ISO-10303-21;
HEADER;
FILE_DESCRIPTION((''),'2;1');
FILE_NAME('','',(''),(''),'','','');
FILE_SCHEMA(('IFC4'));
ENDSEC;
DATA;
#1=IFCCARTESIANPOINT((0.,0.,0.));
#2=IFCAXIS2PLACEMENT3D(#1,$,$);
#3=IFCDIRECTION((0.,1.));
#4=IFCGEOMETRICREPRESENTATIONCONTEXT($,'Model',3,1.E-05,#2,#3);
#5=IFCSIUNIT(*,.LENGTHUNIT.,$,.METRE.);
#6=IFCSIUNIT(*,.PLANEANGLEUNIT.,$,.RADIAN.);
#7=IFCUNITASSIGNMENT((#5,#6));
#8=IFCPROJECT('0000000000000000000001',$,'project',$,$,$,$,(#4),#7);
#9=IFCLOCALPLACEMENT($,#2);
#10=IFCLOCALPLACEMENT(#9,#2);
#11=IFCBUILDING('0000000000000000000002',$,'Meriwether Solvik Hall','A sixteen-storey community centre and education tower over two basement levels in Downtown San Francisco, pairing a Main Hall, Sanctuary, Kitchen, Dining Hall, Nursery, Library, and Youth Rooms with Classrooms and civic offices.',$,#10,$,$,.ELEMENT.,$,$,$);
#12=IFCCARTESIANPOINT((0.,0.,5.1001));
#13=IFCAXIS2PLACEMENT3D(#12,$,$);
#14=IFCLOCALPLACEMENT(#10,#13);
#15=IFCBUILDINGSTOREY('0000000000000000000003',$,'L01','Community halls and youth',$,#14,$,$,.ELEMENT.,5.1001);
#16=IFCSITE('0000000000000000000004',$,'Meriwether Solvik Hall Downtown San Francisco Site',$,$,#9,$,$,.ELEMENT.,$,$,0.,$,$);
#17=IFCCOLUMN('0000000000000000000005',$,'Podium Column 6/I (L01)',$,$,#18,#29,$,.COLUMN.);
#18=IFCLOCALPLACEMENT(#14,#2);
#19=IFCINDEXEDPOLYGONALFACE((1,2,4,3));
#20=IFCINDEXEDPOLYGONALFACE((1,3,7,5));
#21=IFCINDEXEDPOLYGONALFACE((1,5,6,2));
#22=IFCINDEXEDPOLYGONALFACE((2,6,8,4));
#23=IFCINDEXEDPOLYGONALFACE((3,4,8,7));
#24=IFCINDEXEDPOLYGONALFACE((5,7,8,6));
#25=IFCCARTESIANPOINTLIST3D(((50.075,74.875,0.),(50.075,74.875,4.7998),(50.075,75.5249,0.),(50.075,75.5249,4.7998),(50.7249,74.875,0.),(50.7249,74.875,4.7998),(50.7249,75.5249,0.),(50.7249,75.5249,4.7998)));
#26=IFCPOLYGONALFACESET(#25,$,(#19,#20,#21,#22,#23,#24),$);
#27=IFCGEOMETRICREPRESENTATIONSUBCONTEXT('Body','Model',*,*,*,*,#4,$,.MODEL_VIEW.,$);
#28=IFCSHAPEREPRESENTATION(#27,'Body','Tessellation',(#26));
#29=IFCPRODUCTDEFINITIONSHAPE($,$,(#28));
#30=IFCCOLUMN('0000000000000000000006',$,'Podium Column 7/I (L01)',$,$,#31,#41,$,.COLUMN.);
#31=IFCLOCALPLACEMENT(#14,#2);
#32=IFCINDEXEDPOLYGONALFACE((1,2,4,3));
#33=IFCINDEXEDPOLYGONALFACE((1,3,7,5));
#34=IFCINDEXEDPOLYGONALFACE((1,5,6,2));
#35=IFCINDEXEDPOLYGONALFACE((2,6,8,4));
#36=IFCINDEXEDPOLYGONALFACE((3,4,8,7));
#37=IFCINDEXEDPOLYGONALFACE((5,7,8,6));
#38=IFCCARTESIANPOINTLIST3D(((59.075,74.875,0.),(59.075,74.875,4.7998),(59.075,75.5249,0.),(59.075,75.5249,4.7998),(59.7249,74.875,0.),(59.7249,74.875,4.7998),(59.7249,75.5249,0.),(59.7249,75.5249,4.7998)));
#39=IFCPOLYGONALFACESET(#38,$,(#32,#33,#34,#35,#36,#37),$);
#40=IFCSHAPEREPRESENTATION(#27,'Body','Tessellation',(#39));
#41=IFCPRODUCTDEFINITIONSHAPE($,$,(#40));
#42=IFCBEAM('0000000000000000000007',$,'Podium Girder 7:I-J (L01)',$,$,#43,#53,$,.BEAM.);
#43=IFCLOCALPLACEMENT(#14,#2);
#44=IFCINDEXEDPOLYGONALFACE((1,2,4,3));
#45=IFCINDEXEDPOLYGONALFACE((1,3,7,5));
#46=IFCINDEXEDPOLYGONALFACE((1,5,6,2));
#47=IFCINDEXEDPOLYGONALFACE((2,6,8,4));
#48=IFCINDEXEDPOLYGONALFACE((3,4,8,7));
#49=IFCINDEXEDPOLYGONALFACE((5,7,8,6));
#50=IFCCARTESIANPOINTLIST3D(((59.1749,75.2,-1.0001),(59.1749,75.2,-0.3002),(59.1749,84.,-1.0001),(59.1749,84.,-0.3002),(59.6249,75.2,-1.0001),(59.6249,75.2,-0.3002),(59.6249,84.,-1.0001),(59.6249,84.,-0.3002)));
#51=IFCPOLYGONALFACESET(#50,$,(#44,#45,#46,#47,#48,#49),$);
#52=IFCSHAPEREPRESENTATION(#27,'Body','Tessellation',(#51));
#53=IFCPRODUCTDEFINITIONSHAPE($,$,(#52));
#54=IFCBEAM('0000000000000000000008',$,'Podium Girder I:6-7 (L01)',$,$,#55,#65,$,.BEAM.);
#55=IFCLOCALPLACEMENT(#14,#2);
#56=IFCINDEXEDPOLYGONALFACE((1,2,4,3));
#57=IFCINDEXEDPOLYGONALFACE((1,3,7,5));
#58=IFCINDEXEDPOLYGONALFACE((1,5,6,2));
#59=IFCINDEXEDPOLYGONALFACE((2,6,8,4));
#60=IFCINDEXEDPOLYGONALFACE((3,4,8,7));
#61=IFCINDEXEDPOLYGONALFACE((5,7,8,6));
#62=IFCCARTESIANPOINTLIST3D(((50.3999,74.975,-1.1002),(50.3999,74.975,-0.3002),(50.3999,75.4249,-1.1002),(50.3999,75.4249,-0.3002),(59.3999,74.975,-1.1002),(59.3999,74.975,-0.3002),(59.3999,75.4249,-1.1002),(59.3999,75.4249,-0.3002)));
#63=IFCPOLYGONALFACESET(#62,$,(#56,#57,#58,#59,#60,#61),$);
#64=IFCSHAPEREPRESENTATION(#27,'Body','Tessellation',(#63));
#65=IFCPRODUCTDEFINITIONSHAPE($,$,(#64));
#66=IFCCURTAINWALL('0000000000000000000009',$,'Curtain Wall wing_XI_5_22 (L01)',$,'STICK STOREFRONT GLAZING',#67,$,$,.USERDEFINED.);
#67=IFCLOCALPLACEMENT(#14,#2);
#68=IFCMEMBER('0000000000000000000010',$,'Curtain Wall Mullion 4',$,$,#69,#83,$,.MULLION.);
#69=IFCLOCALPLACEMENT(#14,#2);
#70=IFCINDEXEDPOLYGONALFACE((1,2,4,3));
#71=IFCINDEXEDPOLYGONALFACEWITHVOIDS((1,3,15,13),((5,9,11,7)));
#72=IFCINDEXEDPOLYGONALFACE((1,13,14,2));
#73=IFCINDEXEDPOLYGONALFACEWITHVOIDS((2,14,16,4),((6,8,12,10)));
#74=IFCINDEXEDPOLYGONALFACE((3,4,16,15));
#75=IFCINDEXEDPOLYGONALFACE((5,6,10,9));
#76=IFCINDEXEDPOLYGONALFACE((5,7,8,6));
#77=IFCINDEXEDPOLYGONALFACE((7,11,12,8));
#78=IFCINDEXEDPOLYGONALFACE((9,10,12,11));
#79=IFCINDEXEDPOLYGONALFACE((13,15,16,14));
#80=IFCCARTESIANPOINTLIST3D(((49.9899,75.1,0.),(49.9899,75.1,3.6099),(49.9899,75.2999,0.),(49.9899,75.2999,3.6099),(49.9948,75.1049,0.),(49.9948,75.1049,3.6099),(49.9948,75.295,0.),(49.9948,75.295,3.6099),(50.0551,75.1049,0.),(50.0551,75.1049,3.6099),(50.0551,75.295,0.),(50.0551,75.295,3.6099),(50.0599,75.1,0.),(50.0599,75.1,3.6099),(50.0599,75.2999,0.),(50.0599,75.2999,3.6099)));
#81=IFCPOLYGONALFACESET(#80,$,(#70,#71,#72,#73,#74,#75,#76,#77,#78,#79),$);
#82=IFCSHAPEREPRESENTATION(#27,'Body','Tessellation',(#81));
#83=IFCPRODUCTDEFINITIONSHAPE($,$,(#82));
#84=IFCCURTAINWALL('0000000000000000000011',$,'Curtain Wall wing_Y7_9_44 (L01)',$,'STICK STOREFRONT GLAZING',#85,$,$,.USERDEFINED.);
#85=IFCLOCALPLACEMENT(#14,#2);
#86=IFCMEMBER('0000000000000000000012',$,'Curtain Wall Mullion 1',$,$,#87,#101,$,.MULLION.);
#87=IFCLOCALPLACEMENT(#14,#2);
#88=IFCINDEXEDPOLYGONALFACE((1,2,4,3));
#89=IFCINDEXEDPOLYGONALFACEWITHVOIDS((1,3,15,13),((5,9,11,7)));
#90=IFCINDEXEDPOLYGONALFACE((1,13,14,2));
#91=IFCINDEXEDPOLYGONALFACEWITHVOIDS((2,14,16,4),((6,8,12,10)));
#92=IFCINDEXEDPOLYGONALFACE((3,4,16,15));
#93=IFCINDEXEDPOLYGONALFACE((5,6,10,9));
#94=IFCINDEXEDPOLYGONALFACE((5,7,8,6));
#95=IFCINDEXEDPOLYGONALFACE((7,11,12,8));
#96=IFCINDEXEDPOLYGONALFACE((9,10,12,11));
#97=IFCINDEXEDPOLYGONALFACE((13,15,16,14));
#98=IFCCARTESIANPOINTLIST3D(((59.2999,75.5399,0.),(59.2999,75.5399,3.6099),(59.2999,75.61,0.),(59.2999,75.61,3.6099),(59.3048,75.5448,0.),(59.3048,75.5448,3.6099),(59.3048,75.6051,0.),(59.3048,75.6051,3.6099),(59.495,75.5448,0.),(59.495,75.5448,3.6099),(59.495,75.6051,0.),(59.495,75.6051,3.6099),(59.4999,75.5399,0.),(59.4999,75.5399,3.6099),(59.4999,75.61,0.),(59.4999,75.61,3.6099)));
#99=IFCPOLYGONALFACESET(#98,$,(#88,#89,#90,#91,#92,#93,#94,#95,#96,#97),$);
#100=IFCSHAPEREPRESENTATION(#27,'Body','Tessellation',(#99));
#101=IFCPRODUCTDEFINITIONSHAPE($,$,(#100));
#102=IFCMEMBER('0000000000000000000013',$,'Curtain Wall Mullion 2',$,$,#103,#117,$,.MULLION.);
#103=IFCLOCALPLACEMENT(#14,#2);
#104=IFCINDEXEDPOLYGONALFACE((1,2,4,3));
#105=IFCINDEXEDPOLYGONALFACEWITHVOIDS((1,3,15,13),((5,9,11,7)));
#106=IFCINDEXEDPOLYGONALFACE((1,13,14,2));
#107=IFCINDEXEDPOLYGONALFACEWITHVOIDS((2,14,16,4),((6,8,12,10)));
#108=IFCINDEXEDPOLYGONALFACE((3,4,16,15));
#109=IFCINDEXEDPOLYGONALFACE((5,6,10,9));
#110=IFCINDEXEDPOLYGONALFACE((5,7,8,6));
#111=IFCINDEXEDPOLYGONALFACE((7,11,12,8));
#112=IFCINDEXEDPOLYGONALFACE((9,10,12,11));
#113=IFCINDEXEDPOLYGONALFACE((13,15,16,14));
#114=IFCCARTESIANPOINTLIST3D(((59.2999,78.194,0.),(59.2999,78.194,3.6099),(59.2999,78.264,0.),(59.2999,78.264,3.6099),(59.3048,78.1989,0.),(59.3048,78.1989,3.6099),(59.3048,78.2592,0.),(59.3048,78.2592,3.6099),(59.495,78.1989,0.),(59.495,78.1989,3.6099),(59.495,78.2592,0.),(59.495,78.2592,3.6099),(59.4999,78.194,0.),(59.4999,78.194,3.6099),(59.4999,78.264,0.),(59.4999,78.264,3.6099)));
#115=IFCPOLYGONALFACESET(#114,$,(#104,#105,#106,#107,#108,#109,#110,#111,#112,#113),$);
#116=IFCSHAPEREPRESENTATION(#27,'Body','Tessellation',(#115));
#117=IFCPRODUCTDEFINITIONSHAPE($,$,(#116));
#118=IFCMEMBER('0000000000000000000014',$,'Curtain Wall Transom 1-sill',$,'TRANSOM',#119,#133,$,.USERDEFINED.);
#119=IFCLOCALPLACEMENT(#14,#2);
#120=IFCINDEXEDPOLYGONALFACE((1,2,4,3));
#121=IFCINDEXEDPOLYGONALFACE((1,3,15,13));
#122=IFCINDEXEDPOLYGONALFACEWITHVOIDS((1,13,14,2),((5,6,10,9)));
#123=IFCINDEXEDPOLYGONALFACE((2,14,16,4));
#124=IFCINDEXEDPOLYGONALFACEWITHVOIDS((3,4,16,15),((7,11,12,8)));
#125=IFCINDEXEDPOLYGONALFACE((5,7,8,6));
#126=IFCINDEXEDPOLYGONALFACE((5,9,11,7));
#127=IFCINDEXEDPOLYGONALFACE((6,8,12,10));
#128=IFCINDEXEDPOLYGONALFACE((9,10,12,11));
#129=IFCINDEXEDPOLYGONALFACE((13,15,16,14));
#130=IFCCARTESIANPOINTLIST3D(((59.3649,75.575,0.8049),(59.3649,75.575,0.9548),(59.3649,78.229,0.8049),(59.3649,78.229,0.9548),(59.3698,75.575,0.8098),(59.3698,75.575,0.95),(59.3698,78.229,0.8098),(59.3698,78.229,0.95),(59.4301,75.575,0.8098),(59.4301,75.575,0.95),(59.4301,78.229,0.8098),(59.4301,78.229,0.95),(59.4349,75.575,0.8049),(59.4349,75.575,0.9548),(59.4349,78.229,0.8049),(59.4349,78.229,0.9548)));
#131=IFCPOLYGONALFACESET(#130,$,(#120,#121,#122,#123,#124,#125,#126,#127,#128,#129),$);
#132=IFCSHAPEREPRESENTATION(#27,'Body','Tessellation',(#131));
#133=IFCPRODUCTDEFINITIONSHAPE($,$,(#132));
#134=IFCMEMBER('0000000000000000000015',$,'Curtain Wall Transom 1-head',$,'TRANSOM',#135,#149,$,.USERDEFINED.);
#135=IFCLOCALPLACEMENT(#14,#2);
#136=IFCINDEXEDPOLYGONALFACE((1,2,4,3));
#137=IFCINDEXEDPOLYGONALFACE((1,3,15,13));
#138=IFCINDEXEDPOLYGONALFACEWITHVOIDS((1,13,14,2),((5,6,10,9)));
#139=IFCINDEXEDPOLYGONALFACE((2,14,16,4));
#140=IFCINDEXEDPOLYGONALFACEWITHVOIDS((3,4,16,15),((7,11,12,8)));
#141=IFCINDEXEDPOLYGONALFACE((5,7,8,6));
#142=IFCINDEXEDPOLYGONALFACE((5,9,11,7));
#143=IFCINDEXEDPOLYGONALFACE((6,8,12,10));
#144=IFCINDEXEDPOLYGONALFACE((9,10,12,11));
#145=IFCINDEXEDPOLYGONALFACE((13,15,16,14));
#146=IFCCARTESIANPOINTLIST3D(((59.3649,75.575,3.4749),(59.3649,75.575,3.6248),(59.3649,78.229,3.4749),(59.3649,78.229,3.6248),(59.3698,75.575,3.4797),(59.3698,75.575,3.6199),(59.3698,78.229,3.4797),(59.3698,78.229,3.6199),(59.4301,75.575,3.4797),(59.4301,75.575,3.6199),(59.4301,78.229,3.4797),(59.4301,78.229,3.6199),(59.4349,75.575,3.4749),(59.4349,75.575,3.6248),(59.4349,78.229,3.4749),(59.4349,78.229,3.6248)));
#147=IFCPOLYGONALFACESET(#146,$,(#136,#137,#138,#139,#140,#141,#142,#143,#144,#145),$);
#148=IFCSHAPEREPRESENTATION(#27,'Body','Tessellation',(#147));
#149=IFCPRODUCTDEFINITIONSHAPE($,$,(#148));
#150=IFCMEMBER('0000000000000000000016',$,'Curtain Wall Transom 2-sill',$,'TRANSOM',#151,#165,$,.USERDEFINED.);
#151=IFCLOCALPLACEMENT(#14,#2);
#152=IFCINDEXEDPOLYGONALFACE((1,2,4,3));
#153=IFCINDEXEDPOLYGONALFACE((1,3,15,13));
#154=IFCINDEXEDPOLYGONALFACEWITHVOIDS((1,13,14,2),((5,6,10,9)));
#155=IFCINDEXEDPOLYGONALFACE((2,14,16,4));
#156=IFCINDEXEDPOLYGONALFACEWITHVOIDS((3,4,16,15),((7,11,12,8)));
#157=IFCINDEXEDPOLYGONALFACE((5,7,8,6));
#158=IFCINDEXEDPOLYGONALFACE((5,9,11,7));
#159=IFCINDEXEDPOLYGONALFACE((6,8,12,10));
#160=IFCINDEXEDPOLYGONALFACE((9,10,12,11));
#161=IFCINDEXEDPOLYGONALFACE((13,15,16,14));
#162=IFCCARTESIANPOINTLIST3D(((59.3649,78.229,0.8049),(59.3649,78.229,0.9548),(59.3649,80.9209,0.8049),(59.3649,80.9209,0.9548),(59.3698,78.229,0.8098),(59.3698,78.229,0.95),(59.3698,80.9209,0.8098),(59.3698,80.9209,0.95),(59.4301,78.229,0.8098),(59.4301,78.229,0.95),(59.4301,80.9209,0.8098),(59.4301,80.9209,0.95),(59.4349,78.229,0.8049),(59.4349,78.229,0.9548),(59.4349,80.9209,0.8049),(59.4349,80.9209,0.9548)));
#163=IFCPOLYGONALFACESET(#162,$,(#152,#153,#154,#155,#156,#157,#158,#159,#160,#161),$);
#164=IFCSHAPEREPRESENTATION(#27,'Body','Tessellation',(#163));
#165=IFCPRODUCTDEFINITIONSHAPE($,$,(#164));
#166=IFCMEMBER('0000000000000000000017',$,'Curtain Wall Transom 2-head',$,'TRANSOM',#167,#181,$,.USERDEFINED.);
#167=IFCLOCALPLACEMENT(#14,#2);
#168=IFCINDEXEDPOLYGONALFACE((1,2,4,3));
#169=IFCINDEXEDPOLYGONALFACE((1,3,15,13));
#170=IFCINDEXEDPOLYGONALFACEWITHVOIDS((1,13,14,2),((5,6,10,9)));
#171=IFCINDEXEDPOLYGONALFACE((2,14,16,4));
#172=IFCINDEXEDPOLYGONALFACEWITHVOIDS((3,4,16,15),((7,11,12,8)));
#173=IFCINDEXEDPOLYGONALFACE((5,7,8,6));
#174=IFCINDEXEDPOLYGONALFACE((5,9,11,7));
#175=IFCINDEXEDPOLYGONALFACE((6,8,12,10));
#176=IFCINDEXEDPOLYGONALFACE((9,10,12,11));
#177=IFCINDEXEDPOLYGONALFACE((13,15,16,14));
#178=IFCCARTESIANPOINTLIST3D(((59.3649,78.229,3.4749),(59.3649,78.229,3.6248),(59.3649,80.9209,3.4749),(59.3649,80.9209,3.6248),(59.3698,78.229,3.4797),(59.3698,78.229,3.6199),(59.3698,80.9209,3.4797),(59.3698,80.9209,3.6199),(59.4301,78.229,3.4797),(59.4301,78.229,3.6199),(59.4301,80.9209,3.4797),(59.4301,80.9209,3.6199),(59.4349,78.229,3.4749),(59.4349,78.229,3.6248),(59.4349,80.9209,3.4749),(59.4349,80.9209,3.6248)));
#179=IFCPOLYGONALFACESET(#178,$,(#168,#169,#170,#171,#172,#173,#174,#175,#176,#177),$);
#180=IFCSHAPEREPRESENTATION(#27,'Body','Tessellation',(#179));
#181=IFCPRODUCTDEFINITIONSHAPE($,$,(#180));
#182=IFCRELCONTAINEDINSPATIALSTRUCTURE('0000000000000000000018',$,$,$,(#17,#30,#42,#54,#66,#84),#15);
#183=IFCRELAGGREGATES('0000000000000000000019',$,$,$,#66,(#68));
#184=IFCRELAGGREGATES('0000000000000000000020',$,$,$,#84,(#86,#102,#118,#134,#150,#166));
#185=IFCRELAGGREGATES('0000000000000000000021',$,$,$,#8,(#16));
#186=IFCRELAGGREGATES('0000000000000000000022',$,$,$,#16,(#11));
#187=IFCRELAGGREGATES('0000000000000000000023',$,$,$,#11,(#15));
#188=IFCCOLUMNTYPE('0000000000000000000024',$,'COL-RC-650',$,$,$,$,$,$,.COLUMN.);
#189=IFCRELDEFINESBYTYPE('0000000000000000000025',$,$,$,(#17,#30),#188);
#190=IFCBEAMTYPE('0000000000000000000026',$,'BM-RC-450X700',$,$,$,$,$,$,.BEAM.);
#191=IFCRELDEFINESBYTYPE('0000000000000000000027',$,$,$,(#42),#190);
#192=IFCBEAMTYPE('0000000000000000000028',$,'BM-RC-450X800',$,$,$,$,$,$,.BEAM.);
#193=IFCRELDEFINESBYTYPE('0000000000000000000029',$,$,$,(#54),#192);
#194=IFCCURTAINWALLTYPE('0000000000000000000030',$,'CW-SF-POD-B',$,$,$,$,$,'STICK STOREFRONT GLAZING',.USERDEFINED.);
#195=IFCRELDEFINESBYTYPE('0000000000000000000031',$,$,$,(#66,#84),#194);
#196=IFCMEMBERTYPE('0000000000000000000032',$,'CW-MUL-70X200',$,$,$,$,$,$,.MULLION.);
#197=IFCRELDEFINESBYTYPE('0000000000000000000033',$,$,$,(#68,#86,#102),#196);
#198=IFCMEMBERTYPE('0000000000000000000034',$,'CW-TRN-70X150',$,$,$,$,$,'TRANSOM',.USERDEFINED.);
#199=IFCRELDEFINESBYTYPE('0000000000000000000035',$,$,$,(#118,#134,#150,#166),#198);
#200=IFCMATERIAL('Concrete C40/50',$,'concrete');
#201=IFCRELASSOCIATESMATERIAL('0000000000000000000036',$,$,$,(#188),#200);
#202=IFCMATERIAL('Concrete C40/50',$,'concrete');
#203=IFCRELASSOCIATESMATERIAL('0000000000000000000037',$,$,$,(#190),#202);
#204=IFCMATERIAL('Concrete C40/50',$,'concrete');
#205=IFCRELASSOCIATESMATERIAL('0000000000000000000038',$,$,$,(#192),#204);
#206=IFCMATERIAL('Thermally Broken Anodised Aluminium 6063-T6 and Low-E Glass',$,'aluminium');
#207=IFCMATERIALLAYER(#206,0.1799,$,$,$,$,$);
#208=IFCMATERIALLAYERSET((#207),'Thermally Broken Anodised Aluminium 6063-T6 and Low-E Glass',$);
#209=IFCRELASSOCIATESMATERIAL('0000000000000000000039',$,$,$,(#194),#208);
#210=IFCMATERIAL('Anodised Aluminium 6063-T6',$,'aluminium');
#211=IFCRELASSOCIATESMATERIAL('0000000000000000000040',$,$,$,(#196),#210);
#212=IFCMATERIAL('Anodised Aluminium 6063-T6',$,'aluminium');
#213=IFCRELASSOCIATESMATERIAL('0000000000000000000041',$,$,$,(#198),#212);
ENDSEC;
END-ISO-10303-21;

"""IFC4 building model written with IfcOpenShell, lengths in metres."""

from ifc_helpers import new_model, si_unit, direction, frame, origin, origin_2d, place, context, subcontext, project, spatial, rectangle, hollow_rectangle, extrude, material, layer, layer_set, material_profile, profile_set, type_object, element, aggregate, save


model = new_model("IFC4")

# Units and contexts
model_context = context("Model", 3, precision=1e-05, world=origin(), true_north=direction((0.0, 1.0)))
body_context = subcontext(model_context, "Body", "Model", "MODEL_VIEW")
ifc_project = project(units=[si_unit("LENGTHUNIT", "METRE"), si_unit("PLANEANGLEUNIT", "RADIAN")], contexts=[model_context])

# Site, building, storey
site_placement = place(None, origin())
site = spatial("IfcSite", under=ifc_project, at=site_placement, Name="Meriwether Solvik Hall Downtown San Francisco Site", CompositionType="ELEMENT", RefElevation=0.0)
building_placement = place(site_placement, origin())
building = spatial("IfcBuilding", under=site, at=building_placement, Name="Meriwether Solvik Hall", Description="A sixteen-storey community centre and education tower over two basement levels in Downtown San Francisco, pairing a Main Hall, Sanctuary, Kitchen, Dining Hall, Nursery, Library, and Youth Rooms with Classrooms and civic offices.", CompositionType="ELEMENT")
storey_placement = place(building_placement, frame((0.0, 0.0, 5.1001)))
storey = spatial("IfcBuildingStorey", under=building, at=storey_placement, Name="L01", Description="Community halls and youth", CompositionType="ELEMENT", Elevation=5.1001)

# Columns
ifc_material_1 = material(Name="Concrete C40/50", Category="concrete")
ifc_material_profile_1 = material_profile(ifc_material_1, rectangle(XDim=0.6499, YDim=0.6499, at=origin_2d()), Name="RCC-650X650")
ifc_profile_set_1 = profile_set([ifc_material_profile_1], Name="Concrete C40/50")
column_type = type_object("IfcColumnType", Name="COL-RC-650", PredefinedType="COLUMN", material=ifc_profile_set_1)
for number, where, z_axis, x_axis, name in (
    (1, (50.3999, 75.2, 0.0), (0.0, 0.0, 1.0), (1.0, 0.0, 0.0), "Podium Column 6/I (L01)"),
    (2, (59.3999, 75.2, 0.0), (0.0, 0.0, 1.0), (1.0, 0.0, 0.0), "Podium Column 7/I (L01)"),
):
    element("IfcColumn", number, at=place(storey_placement, frame(where, z_axis=z_axis, x_axis=x_axis)), inside=storey, type_object=column_type, Name=name, PredefinedType="COLUMN", context=body_context, shape_type="SweptSolid", body=[
        extrude(rectangle(XDim=0.6499, YDim=0.6499, at=origin_2d()), origin(), (0.0, 0.0, 1.0), 4.7998),
    ])

# Beams
ifc_material_2 = material(Name="Concrete C40/50", Category="concrete")
ifc_material_profile_2 = material_profile(ifc_material_2, rectangle(XDim=0.45, YDim=0.7, at=origin_2d()), Name="RCB-450X700")
ifc_profile_set_2 = profile_set([ifc_material_profile_2], Name="Concrete C40/50")
beam_type_1 = type_object("IfcBeamType", Name="BM-RC-450X700", PredefinedType="BEAM", material=ifc_profile_set_2)
beam_1_placement = place(storey_placement, frame((59.3999, 75.2, -0.6501), z_axis=(0.0, 1.0, 0.0), x_axis=(-1.0, 0.0, 0.0)))
element("IfcBeam", 3, at=beam_1_placement, inside=storey, type_object=beam_type_1, Name="Podium Girder 7:I-J (L01)", PredefinedType="BEAM", context=body_context, shape_type="SweptSolid", body=[
    extrude(rectangle(XDim=0.45, YDim=0.7, at=origin_2d()), origin(), (0.0, 0.0, 1.0), 8.8),
])
ifc_material_3 = material(Name="Concrete C40/50", Category="concrete")
ifc_material_profile_3 = material_profile(ifc_material_3, rectangle(XDim=0.45, YDim=0.8, at=origin_2d()), Name="RCB-450X800")
ifc_profile_set_3 = profile_set([ifc_material_profile_3], Name="Concrete C40/50")
beam_type_2 = type_object("IfcBeamType", Name="BM-RC-450X800", PredefinedType="BEAM", material=ifc_profile_set_3)
beam_2_placement = place(storey_placement, frame((50.3999, 75.2, -0.7002), z_axis=(1.0, 0.0, 0.0), x_axis=(0.0, 1.0, 0.0)))
element("IfcBeam", 4, at=beam_2_placement, inside=storey, type_object=beam_type_2, Name="Podium Girder I:6-7 (L01)", PredefinedType="BEAM", context=body_context, shape_type="SweptSolid", body=[
    extrude(rectangle(XDim=0.45, YDim=0.8, at=origin_2d()), origin(), (0.0, 0.0, 1.0), 9.0),
])

# Curtain wall, member
ifc_material_4 = material(Name="Thermally Broken Anodised Aluminium 6063-T6 and Low-E Glass", Category="aluminium")
ifc_layer_1 = layer(ifc_material_4, 0.1799)
ifc_layer_set_1 = layer_set([ifc_layer_1], Name="Thermally Broken Anodised Aluminium 6063-T6 and Low-E Glass")
curtain_wall_type = type_object("IfcCurtainWallType", Name="CW-SF-POD-B", ElementType="STICK STOREFRONT GLAZING", PredefinedType="USERDEFINED", material=ifc_layer_set_1)
curtain_wall_1_placement = place(storey_placement, origin())
curtain_wall_1 = element("IfcCurtainWall", 5, at=curtain_wall_1_placement, inside=storey, type_object=curtain_wall_type, Name="Curtain Wall wing_XI_5_22 (L01)", ObjectType="STICK STOREFRONT GLAZING", PredefinedType="USERDEFINED")
ifc_material_5 = material(Name="Anodised Aluminium 6063-T6", Category="aluminium")
ifc_material_profile_4 = material_profile(ifc_material_5, hollow_rectangle(XDim=0.0701, YDim=0.2, WallThickness=0.0049, at=origin_2d()), Name="CWM-70X200")
ifc_profile_set_4 = profile_set([ifc_material_profile_4], Name="Anodised Aluminium 6063-T6")
member_type_1 = type_object("IfcMemberType", Name="CW-MUL-70X200", PredefinedType="MULLION", material=ifc_profile_set_4)
member_1_placement = place(storey_placement, frame((50.0249, 75.2, 0.0), z_axis=(0.0, 0.0, 1.0), x_axis=(1.0, 0.0, 0.0)))
member_1 = element("IfcMember", 6, at=member_1_placement, type_object=member_type_1, Name="Curtain Wall Mullion 4", PredefinedType="MULLION", context=body_context, shape_type="SweptSolid", body=[
    extrude(hollow_rectangle(XDim=0.0701, YDim=0.2, WallThickness=0.0049, at=origin_2d()), origin(), (0.0, 0.0, 1.0), 3.6099),
])

# Curtain wall, members
curtain_wall_2_placement = place(storey_placement, origin())
curtain_wall_2 = element("IfcCurtainWall", 7, at=curtain_wall_2_placement, inside=storey, type_object=curtain_wall_type, Name="Curtain Wall wing_Y7_9_44 (L01)", ObjectType="STICK STOREFRONT GLAZING", PredefinedType="USERDEFINED")
member_2_placement = place(storey_placement, frame((59.3999, 75.575, 0.0), z_axis=(0.0, 0.0, 1.0), x_axis=(0.0, 1.0, 0.0)))
member_2 = element("IfcMember", 8, at=member_2_placement, type_object=member_type_1, Name="Curtain Wall Mullion 1", PredefinedType="MULLION", context=body_context, shape_type="SweptSolid", body=[
    extrude(hollow_rectangle(XDim=0.0701, YDim=0.2, WallThickness=0.0049, at=origin_2d()), origin(), (0.0, 0.0, 1.0), 3.6099),
])
member_3_placement = place(storey_placement, frame((59.3999, 78.229, 0.0), z_axis=(0.0, 0.0, 1.0), x_axis=(0.0, 1.0, 0.0)))
member_3 = element("IfcMember", 9, at=member_3_placement, type_object=member_type_1, Name="Curtain Wall Mullion 2", PredefinedType="MULLION", context=body_context, shape_type="SweptSolid", body=[
    extrude(hollow_rectangle(XDim=0.0701, YDim=0.2, WallThickness=0.0049, at=origin_2d()), origin(), (0.0, 0.0, 1.0), 3.6099),
])
ifc_material_6 = material(Name="Anodised Aluminium 6063-T6", Category="aluminium")
ifc_material_profile_5 = material_profile(ifc_material_6, hollow_rectangle(XDim=0.0701, YDim=0.1499, WallThickness=0.0049, at=origin_2d()), Name="CWT-70X150")
ifc_profile_set_5 = profile_set([ifc_material_profile_5], Name="Anodised Aluminium 6063-T6")
member_type_2 = type_object("IfcMemberType", Name="CW-TRN-70X150", ElementType="TRANSOM", PredefinedType="USERDEFINED", material=ifc_profile_set_5)
member_4_placement = place(storey_placement, frame((59.3999, 75.575, 0.8799), z_axis=(0.0, 1.0, 0.0), x_axis=(-1.0, 0.0, 0.0)))
member_4 = element("IfcMember", 10, at=member_4_placement, type_object=member_type_2, Name="Curtain Wall Transom 1-sill", ObjectType="TRANSOM", PredefinedType="USERDEFINED", context=body_context, shape_type="SweptSolid", body=[
    extrude(hollow_rectangle(XDim=0.0701, YDim=0.1499, WallThickness=0.0049, at=origin_2d()), origin(), (0.0, 0.0, 1.0), 2.6541),
])
member_5_placement = place(storey_placement, frame((59.3999, 75.575, 3.5498), z_axis=(0.0, 1.0, 0.0), x_axis=(-1.0, 0.0, 0.0)))
member_5 = element("IfcMember", 11, at=member_5_placement, type_object=member_type_2, Name="Curtain Wall Transom 1-head", ObjectType="TRANSOM", PredefinedType="USERDEFINED", context=body_context, shape_type="SweptSolid", body=[
    extrude(hollow_rectangle(XDim=0.0701, YDim=0.1499, WallThickness=0.0049, at=origin_2d()), origin(), (0.0, 0.0, 1.0), 2.6541),
])
member_6_placement = place(storey_placement, frame((59.3999, 78.229, 0.8799), z_axis=(0.0, 1.0, 0.0), x_axis=(-1.0, 0.0, 0.0)))
member_6 = element("IfcMember", 12, at=member_6_placement, type_object=member_type_2, Name="Curtain Wall Transom 2-sill", ObjectType="TRANSOM", PredefinedType="USERDEFINED", context=body_context, shape_type="SweptSolid", body=[
    extrude(hollow_rectangle(XDim=0.0701, YDim=0.1499, WallThickness=0.0049, at=origin_2d()), origin(), (0.0, 0.0, 1.0), 2.6919),
])
member_7_placement = place(storey_placement, frame((59.3999, 78.229, 3.5498), z_axis=(0.0, 1.0, 0.0), x_axis=(-1.0, 0.0, 0.0)))
member_7 = element("IfcMember", 13, at=member_7_placement, type_object=member_type_2, Name="Curtain Wall Transom 2-head", ObjectType="TRANSOM", PredefinedType="USERDEFINED", context=body_context, shape_type="SweptSolid", body=[
    extrude(hollow_rectangle(XDim=0.0701, YDim=0.1499, WallThickness=0.0049, at=origin_2d()), origin(), (0.0, 0.0, 1.0), 2.6919),
])

aggregate(curtain_wall_1, [member_1])
aggregate(curtain_wall_2, [member_2, member_3, member_4, member_5, member_6, member_7])

save(model, "model.ifc")
